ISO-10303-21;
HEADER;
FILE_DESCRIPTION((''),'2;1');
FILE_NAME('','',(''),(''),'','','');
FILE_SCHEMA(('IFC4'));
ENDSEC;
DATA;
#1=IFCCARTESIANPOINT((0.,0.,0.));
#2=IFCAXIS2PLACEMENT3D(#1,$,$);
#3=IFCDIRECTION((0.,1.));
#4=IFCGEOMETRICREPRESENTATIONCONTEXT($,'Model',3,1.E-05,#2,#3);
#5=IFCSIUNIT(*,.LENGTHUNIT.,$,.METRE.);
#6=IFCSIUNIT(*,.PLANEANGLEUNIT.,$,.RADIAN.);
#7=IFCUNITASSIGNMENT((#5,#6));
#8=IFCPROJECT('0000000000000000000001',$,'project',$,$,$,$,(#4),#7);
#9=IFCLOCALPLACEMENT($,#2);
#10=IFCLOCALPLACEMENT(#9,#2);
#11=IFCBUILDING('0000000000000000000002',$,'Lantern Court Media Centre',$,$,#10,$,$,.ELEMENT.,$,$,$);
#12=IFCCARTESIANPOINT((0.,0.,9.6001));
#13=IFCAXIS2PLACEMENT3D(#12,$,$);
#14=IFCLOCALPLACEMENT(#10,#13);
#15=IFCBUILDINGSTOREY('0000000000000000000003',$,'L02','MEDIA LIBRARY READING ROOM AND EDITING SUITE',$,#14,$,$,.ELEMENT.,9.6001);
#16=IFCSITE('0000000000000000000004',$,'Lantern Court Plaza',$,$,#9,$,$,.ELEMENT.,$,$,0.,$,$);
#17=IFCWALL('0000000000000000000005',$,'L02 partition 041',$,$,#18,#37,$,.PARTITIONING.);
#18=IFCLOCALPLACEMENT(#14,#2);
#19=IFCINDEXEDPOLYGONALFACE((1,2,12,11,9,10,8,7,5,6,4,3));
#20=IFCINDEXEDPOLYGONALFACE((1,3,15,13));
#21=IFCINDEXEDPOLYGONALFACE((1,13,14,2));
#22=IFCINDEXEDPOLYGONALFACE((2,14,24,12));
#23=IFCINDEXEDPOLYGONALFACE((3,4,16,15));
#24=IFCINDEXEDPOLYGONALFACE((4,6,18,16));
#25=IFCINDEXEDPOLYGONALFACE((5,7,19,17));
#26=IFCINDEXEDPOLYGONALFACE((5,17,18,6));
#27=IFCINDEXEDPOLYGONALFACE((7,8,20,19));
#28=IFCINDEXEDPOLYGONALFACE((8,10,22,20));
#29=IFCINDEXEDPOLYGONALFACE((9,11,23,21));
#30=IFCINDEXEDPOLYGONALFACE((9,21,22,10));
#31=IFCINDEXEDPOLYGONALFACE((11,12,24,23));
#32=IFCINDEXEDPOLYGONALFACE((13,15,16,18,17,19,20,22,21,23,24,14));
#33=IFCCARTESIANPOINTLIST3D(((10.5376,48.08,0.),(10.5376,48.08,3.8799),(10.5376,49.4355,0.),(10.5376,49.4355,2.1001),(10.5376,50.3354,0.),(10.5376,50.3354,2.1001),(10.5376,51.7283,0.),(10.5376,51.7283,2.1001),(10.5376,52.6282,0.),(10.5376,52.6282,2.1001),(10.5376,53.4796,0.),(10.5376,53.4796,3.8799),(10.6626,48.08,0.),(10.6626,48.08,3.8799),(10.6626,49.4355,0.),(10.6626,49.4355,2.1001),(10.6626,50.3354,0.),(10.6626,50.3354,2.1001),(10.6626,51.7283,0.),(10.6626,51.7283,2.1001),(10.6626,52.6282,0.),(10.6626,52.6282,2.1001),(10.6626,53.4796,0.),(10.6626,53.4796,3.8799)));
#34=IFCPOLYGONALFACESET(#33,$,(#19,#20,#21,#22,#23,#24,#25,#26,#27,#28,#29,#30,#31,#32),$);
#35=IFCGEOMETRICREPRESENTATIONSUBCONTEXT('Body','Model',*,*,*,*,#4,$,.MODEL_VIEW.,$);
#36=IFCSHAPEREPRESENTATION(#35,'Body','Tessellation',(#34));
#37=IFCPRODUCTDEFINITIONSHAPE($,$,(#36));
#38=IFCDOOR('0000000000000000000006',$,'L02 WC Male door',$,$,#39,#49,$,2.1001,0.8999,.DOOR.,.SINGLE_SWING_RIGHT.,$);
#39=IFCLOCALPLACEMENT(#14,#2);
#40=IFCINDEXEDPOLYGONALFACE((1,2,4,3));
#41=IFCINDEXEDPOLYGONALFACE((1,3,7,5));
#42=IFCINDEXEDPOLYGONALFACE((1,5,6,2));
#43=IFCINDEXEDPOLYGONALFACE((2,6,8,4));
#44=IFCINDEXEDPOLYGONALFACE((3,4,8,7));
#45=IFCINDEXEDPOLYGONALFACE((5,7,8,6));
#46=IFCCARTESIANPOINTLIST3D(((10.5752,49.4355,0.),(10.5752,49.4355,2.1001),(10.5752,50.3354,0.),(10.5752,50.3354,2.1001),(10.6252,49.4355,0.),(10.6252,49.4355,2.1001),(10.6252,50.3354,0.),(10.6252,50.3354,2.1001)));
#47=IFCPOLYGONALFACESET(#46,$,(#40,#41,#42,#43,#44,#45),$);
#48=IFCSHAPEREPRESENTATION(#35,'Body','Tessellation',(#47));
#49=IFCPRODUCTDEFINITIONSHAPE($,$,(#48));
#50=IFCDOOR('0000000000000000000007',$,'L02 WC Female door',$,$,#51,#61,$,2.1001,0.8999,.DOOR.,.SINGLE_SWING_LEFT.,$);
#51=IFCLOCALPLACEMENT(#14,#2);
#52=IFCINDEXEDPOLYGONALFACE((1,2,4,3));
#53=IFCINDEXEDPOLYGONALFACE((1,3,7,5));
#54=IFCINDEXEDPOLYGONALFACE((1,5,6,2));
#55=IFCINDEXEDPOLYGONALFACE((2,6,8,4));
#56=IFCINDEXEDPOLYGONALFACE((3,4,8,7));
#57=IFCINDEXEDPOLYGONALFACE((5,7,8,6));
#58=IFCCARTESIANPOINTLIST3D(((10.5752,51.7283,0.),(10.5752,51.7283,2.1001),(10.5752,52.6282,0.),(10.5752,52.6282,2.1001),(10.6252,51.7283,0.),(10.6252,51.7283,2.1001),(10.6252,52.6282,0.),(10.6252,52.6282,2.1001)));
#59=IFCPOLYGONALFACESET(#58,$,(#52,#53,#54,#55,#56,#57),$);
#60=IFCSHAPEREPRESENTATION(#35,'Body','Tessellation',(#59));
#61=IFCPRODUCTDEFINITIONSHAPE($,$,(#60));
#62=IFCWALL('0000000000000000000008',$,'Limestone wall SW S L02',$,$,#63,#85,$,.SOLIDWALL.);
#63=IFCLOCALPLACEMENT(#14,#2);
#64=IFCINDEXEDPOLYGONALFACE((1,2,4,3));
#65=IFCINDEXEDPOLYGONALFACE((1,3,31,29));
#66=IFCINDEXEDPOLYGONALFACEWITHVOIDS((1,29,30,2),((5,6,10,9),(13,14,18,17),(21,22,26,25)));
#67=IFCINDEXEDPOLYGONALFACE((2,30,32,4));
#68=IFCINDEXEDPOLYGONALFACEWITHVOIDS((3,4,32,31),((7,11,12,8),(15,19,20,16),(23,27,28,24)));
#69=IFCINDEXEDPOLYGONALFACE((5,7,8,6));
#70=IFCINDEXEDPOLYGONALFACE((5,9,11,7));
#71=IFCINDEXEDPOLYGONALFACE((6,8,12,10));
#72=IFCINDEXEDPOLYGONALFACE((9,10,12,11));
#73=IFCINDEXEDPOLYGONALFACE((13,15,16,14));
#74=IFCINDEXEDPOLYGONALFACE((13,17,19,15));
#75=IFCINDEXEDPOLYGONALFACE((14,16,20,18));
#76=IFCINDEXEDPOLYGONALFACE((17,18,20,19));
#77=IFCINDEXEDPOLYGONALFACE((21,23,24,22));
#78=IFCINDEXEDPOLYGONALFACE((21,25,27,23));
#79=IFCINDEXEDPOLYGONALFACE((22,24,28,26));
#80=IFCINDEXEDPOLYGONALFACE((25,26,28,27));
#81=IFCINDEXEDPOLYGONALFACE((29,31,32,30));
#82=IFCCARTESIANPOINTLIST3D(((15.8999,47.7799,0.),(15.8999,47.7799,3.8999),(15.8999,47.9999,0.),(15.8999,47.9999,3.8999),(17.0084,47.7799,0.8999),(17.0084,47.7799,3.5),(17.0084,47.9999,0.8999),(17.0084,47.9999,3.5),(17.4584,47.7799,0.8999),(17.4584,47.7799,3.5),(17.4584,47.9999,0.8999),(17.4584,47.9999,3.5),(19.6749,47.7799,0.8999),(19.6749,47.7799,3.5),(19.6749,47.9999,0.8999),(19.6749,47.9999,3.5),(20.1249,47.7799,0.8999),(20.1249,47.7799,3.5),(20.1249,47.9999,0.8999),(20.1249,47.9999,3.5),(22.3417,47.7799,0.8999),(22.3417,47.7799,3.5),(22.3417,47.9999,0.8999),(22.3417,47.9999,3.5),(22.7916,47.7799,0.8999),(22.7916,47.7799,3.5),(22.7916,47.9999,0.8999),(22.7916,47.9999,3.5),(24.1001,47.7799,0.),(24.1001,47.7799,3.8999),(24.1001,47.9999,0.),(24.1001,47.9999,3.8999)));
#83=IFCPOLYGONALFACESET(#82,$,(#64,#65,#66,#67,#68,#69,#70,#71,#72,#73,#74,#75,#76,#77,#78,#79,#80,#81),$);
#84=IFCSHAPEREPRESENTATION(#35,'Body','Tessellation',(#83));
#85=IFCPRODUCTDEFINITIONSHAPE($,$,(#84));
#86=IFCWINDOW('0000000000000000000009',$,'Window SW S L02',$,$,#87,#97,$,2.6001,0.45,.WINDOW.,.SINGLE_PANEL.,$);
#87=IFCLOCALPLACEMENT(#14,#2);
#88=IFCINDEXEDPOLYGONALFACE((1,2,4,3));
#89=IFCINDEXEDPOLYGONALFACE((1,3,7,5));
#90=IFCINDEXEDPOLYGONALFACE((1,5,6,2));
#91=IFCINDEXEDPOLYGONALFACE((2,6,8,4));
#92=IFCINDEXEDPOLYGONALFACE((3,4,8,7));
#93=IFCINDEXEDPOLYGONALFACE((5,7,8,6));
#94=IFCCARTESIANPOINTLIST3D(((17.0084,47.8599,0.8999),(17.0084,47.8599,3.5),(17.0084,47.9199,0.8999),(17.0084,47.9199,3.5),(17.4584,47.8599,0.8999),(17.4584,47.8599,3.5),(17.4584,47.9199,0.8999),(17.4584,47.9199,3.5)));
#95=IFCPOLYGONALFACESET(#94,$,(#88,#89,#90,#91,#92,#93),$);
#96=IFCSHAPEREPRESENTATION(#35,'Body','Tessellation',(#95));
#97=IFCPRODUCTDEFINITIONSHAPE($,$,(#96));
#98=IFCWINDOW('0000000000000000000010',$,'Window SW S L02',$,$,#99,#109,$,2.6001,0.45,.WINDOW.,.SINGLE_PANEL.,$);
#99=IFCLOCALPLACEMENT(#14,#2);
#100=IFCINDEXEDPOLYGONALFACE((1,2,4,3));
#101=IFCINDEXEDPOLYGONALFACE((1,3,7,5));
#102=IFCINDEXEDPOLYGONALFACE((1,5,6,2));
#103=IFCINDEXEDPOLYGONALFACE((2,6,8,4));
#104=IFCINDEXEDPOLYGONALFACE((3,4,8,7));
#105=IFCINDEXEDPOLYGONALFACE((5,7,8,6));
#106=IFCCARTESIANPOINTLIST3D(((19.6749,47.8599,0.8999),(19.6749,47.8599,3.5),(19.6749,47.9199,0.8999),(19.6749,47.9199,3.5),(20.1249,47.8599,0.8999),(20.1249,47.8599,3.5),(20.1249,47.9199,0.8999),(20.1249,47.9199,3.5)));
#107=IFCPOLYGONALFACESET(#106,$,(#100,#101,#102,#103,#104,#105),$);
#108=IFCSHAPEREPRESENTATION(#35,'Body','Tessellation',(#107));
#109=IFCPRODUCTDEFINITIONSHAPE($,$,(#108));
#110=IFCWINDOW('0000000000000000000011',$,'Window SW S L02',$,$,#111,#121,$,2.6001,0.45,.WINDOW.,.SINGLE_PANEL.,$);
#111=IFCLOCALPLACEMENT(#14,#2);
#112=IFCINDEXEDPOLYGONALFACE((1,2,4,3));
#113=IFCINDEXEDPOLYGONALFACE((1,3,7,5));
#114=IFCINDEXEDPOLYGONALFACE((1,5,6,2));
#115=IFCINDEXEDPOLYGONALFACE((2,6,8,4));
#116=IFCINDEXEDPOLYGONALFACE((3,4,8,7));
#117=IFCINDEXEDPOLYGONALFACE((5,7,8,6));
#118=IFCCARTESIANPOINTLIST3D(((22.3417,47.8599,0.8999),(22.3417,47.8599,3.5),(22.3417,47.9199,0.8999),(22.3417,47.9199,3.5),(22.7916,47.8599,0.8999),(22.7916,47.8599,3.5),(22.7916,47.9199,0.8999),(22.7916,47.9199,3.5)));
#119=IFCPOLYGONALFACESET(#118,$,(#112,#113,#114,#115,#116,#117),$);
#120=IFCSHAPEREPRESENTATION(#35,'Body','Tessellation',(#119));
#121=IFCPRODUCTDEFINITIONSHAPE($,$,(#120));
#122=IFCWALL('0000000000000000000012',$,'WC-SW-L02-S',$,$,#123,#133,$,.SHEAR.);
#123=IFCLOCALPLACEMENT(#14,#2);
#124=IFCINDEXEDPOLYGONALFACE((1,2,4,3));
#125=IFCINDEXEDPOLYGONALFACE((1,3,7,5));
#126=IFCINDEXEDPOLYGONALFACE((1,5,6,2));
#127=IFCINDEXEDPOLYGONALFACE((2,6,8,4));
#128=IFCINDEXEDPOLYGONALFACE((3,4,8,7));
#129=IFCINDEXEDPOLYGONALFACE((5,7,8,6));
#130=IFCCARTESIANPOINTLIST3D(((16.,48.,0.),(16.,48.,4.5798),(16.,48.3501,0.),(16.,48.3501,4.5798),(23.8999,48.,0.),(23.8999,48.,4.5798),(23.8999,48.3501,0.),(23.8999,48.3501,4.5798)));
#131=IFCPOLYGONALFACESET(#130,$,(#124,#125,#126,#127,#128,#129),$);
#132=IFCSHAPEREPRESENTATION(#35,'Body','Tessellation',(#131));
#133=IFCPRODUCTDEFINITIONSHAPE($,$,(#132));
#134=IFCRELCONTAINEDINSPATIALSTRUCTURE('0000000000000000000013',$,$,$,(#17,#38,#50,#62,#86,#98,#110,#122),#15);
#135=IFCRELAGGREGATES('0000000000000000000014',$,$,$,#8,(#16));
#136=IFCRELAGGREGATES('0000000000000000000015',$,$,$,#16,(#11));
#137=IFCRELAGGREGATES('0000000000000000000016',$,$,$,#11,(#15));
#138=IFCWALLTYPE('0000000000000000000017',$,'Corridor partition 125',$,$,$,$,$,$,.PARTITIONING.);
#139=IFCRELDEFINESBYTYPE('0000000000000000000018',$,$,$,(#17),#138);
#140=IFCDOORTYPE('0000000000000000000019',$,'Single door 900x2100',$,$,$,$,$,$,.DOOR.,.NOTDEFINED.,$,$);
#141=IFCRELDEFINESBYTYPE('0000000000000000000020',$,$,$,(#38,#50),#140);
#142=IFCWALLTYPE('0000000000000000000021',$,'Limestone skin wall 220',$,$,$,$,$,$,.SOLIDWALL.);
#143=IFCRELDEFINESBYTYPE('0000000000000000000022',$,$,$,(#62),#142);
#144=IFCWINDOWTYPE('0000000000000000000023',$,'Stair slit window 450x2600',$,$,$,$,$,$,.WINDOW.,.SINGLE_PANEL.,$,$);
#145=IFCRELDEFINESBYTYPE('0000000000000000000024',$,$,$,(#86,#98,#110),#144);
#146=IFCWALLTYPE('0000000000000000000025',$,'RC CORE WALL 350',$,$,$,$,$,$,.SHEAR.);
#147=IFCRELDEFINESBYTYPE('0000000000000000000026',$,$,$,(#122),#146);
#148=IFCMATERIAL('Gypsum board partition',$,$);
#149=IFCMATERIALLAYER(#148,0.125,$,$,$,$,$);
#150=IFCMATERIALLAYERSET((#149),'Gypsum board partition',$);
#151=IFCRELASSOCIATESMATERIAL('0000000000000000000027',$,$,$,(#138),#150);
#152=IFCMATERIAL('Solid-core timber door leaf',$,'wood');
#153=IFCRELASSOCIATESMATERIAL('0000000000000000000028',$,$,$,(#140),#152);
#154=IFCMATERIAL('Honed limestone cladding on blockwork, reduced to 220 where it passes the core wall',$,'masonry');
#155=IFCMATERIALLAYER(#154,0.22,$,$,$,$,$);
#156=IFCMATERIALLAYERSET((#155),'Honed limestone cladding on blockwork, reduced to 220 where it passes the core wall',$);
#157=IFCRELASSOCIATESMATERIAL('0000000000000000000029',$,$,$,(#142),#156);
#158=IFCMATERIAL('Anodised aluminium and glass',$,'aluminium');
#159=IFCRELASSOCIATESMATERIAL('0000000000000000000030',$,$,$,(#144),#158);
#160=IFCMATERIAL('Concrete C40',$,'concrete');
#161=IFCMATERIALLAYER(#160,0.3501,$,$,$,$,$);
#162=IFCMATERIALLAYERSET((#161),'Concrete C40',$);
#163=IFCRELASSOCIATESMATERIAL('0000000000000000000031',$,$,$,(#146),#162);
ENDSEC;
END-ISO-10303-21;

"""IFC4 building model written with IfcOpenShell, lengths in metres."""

from ifc_helpers import new_model, si_unit, direction, frame, frame_2d, origin, place, context, subcontext, project, spatial, rectangle, extrude, material, layer, layer_set, type_object, element, fill, save


model = new_model("IFC4")

# Units and contexts
model_context = context("Model", 3, precision=1e-05, world=origin(), true_north=direction((0.0, 1.0)))
body_context = subcontext(model_context, "Body", "Model", "MODEL_VIEW")
ifc_project = project(units=[si_unit("LENGTHUNIT", "METRE"), si_unit("PLANEANGLEUNIT", "RADIAN")], contexts=[model_context])

# Site, building, storey
site_placement = place(None, origin())
site = spatial("IfcSite", under=ifc_project, at=site_placement, Name="Lantern Court Plaza", CompositionType="ELEMENT", RefElevation=0.0)
building_placement = place(site_placement, origin())
building = spatial("IfcBuilding", under=site, at=building_placement, Name="Lantern Court Media Centre", CompositionType="ELEMENT")
storey_placement = place(building_placement, frame((0.0, 0.0, 9.6001)))
storey = spatial("IfcBuildingStorey", under=building, at=storey_placement, Name="L02", Description="MEDIA LIBRARY READING ROOM AND EDITING SUITE", CompositionType="ELEMENT", Elevation=9.6001)

# Wall, openings, doors
ifc_material_1 = material(Name="Gypsum board partition")
ifc_layer_1 = layer(ifc_material_1, 0.125)
ifc_layer_set_1 = layer_set([ifc_layer_1], Name="Gypsum board partition")
wall_type_1 = type_object("IfcWallType", Name="Corridor partition 125", PredefinedType="PARTITIONING", material=ifc_layer_set_1)
wall_1_placement = place(storey_placement, frame((10.6001, 48.0801, 0.0), z_axis=(0.0, 0.0, 1.0), x_axis=(0.0, 1.0, 0.0)))
wall_1 = element("IfcWall", 1, at=wall_1_placement, inside=storey, type_object=wall_type_1, Name="L02 partition 041", PredefinedType="PARTITIONING", context=body_context, shape_type="SweptSolid", body=[
    extrude(rectangle(XDim=5.3997, YDim=0.125, at=frame_2d((2.6997, 0.0))), origin(), (0.0, 0.0, 1.0), 3.8799),
])
opening_1_placement = place(wall_1_placement, frame((1.3555, 0.0, 0.0)))
opening_1 = element("IfcOpeningElement", 2, at=opening_1_placement, cuts=wall_1, PredefinedType="OPENING", context=body_context, shape_type="SweptSolid", body=[
    extrude(rectangle(XDim=0.8999, YDim=2.1001, at=frame_2d((0.45, 1.05))), frame((0.0, 0.0725, 0.0), z_axis=(0.0, -1.0, 0.0), x_axis=(1.0, 0.0, 0.0)), (0.0, 0.0, 1.0), 0.145),
])
opening_2_placement = place(wall_1_placement, frame((3.6482, 0.0, 0.0)))
opening_2 = element("IfcOpeningElement", 3, at=opening_2_placement, cuts=wall_1, PredefinedType="OPENING", context=body_context, shape_type="SweptSolid", body=[
    extrude(rectangle(XDim=0.8999, YDim=2.1001, at=frame_2d((0.45, 1.05))), frame((0.0, 0.0725, 0.0), z_axis=(0.0, -1.0, 0.0), x_axis=(1.0, 0.0, 0.0)), (0.0, 0.0, 1.0), 0.145),
])
ifc_material_2 = material(Name="Solid-core timber door leaf", Category="wood")
door_type_1 = type_object("IfcDoorType", Name="Single door 900x2100", OperationType="NOTDEFINED", PredefinedType="DOOR", material=ifc_material_2)
door_1_placement = place(opening_1_placement, origin())
door_1 = element("IfcDoor", 4, at=door_1_placement, inside=storey, type_object=door_type_1, Name="L02 WC Male door", OperationType="SINGLE_SWING_RIGHT", OverallHeight=2.1001, OverallWidth=0.8999, PredefinedType="DOOR", context=body_context, shape_type="SweptSolid", body=[
    extrude(rectangle(XDim=0.8999, YDim=2.1001, at=frame_2d((0.45, 1.05))), frame((0.0, 0.0249, 0.0), z_axis=(0.0, -1.0, 0.0), x_axis=(1.0, 0.0, 0.0)), (0.0, 0.0, 1.0), 0.05),
])
fill(opening_1, door_1)
door_2_placement = place(opening_2_placement, origin())
door_2 = element("IfcDoor", 5, at=door_2_placement, inside=storey, type_object=door_type_1, Name="L02 WC Female door", OperationType="SINGLE_SWING_LEFT", OverallHeight=2.1001, OverallWidth=0.8999, PredefinedType="DOOR", context=body_context, shape_type="SweptSolid", body=[
    extrude(rectangle(XDim=0.8999, YDim=2.1001, at=frame_2d((0.45, 1.05))), frame((0.0, 0.0249, 0.0), z_axis=(0.0, -1.0, 0.0), x_axis=(1.0, 0.0, 0.0)), (0.0, 0.0, 1.0), 0.05),
])
fill(opening_2, door_2)

# Wall, openings, windows
ifc_material_3 = material(Name="Honed limestone cladding on blockwork, reduced to 220 where it passes the core wall", Category="masonry")
ifc_layer_2 = layer(ifc_material_3, 0.22)
ifc_layer_set_2 = layer_set([ifc_layer_2], Name="Honed limestone cladding on blockwork, reduced to 220 where it passes the core wall")
wall_type_2 = type_object("IfcWallType", Name="Limestone skin wall 220", PredefinedType="SOLIDWALL", material=ifc_layer_set_2)
wall_2_placement = place(storey_placement, frame((15.8999, 47.8899, 0.0), z_axis=(0.0, 0.0, 1.0), x_axis=(1.0, 0.0, 0.0)))
wall_2 = element("IfcWall", 6, at=wall_2_placement, inside=storey, type_object=wall_type_2, Name="Limestone wall SW S L02", PredefinedType="SOLIDWALL", context=body_context, shape_type="SweptSolid", body=[
    extrude(rectangle(XDim=8.2002, YDim=0.22, at=frame_2d((4.1001, 0.0))), origin(), (0.0, 0.0, 1.0), 3.8999),
])
opening_3_placement = place(wall_2_placement, frame((1.1084, 0.0, 0.8999)))
opening_3 = element("IfcOpeningElement", 7, at=opening_3_placement, cuts=wall_2, PredefinedType="OPENING", context=body_context, shape_type="SweptSolid", body=[
    extrude(rectangle(XDim=0.45, YDim=2.6001, at=frame_2d((0.2251, 1.3))), frame((0.0, 0.1199, 0.0), z_axis=(0.0, -1.0, 0.0), x_axis=(1.0, 0.0, 0.0)), (0.0, 0.0, 1.0), 0.24),
])
opening_4_placement = place(wall_2_placement, frame((3.7749, 0.0, 0.8999)))
opening_4 = element("IfcOpeningElement", 8, at=opening_4_placement, cuts=wall_2, PredefinedType="OPENING", context=body_context, shape_type="SweptSolid", body=[
    extrude(rectangle(XDim=0.45, YDim=2.6001, at=frame_2d((0.2251, 1.3))), frame((0.0, 0.1199, 0.0), z_axis=(0.0, -1.0, 0.0), x_axis=(1.0, 0.0, 0.0)), (0.0, 0.0, 1.0), 0.24),
])
opening_5_placement = place(wall_2_placement, frame((6.4417, 0.0, 0.8999)))
opening_5 = element("IfcOpeningElement", 9, at=opening_5_placement, cuts=wall_2, PredefinedType="OPENING", context=body_context, shape_type="SweptSolid", body=[
    extrude(rectangle(XDim=0.45, YDim=2.6001, at=frame_2d((0.2251, 1.3))), frame((0.0, 0.1199, 0.0), z_axis=(0.0, -1.0, 0.0), x_axis=(1.0, 0.0, 0.0)), (0.0, 0.0, 1.0), 0.24),
])
ifc_material_4 = material(Name="Anodised aluminium and glass", Category="aluminium")
window_type = type_object("IfcWindowType", Name="Stair slit window 450x2600", PartitioningType="SINGLE_PANEL", PredefinedType="WINDOW", material=ifc_material_4)
window_1_placement = place(opening_3_placement, origin())
window_1 = element("IfcWindow", 10, at=window_1_placement, inside=storey, type_object=window_type, Name="Window SW S L02", OverallHeight=2.6001, OverallWidth=0.45, PartitioningType="SINGLE_PANEL", PredefinedType="WINDOW", context=body_context, shape_type="SweptSolid", body=[
    extrude(rectangle(XDim=0.45, YDim=2.6001, at=frame_2d((0.2251, 1.3))), frame((0.0, 0.03, 0.0), z_axis=(0.0, -1.0, 0.0), x_axis=(1.0, 0.0, 0.0)), (0.0, 0.0, 1.0), 0.0601),
])
fill(opening_3, window_1)
window_2_placement = place(opening_4_placement, origin())
window_2 = element("IfcWindow", 11, at=window_2_placement, inside=storey, type_object=window_type, Name="Window SW S L02", OverallHeight=2.6001, OverallWidth=0.45, PartitioningType="SINGLE_PANEL", PredefinedType="WINDOW", context=body_context, shape_type="SweptSolid", body=[
    extrude(rectangle(XDim=0.45, YDim=2.6001, at=frame_2d((0.2251, 1.3))), frame((0.0, 0.03, 0.0), z_axis=(0.0, -1.0, 0.0), x_axis=(1.0, 0.0, 0.0)), (0.0, 0.0, 1.0), 0.0601),
])
fill(opening_4, window_2)
window_3_placement = place(opening_5_placement, origin())
window_3 = element("IfcWindow", 12, at=window_3_placement, inside=storey, type_object=window_type, Name="Window SW S L02", OverallHeight=2.6001, OverallWidth=0.45, PartitioningType="SINGLE_PANEL", PredefinedType="WINDOW", context=body_context, shape_type="SweptSolid", body=[
    extrude(rectangle(XDim=0.45, YDim=2.6001, at=frame_2d((0.2251, 1.3))), frame((0.0, 0.03, 0.0), z_axis=(0.0, -1.0, 0.0), x_axis=(1.0, 0.0, 0.0)), (0.0, 0.0, 1.0), 0.0601),
])
fill(opening_5, window_3)

# Wall
ifc_material_5 = material(Name="Concrete C40", Category="concrete")
ifc_layer_3 = layer(ifc_material_5, 0.3501)
ifc_layer_set_3 = layer_set([ifc_layer_3], Name="Concrete C40")
wall_type_3 = type_object("IfcWallType", Name="RC CORE WALL 350", PredefinedType="SHEAR", material=ifc_layer_set_3)
wall_3_placement = place(storey_placement, frame((16.0, 48.175, 0.0), z_axis=(0.0, 0.0, 1.0), x_axis=(1.0, 0.0, 0.0)))
element("IfcWall", 13, at=wall_3_placement, inside=storey, type_object=wall_type_3, Name="WC-SW-L02-S", PredefinedType="SHEAR", context=body_context, shape_type="SweptSolid", body=[
    extrude(rectangle(XDim=7.8999, YDim=0.3501, at=frame_2d((3.95, 0.0))), origin(), (0.0, 0.0, 1.0), 4.5798),
])

save(model, "model.ifc")
